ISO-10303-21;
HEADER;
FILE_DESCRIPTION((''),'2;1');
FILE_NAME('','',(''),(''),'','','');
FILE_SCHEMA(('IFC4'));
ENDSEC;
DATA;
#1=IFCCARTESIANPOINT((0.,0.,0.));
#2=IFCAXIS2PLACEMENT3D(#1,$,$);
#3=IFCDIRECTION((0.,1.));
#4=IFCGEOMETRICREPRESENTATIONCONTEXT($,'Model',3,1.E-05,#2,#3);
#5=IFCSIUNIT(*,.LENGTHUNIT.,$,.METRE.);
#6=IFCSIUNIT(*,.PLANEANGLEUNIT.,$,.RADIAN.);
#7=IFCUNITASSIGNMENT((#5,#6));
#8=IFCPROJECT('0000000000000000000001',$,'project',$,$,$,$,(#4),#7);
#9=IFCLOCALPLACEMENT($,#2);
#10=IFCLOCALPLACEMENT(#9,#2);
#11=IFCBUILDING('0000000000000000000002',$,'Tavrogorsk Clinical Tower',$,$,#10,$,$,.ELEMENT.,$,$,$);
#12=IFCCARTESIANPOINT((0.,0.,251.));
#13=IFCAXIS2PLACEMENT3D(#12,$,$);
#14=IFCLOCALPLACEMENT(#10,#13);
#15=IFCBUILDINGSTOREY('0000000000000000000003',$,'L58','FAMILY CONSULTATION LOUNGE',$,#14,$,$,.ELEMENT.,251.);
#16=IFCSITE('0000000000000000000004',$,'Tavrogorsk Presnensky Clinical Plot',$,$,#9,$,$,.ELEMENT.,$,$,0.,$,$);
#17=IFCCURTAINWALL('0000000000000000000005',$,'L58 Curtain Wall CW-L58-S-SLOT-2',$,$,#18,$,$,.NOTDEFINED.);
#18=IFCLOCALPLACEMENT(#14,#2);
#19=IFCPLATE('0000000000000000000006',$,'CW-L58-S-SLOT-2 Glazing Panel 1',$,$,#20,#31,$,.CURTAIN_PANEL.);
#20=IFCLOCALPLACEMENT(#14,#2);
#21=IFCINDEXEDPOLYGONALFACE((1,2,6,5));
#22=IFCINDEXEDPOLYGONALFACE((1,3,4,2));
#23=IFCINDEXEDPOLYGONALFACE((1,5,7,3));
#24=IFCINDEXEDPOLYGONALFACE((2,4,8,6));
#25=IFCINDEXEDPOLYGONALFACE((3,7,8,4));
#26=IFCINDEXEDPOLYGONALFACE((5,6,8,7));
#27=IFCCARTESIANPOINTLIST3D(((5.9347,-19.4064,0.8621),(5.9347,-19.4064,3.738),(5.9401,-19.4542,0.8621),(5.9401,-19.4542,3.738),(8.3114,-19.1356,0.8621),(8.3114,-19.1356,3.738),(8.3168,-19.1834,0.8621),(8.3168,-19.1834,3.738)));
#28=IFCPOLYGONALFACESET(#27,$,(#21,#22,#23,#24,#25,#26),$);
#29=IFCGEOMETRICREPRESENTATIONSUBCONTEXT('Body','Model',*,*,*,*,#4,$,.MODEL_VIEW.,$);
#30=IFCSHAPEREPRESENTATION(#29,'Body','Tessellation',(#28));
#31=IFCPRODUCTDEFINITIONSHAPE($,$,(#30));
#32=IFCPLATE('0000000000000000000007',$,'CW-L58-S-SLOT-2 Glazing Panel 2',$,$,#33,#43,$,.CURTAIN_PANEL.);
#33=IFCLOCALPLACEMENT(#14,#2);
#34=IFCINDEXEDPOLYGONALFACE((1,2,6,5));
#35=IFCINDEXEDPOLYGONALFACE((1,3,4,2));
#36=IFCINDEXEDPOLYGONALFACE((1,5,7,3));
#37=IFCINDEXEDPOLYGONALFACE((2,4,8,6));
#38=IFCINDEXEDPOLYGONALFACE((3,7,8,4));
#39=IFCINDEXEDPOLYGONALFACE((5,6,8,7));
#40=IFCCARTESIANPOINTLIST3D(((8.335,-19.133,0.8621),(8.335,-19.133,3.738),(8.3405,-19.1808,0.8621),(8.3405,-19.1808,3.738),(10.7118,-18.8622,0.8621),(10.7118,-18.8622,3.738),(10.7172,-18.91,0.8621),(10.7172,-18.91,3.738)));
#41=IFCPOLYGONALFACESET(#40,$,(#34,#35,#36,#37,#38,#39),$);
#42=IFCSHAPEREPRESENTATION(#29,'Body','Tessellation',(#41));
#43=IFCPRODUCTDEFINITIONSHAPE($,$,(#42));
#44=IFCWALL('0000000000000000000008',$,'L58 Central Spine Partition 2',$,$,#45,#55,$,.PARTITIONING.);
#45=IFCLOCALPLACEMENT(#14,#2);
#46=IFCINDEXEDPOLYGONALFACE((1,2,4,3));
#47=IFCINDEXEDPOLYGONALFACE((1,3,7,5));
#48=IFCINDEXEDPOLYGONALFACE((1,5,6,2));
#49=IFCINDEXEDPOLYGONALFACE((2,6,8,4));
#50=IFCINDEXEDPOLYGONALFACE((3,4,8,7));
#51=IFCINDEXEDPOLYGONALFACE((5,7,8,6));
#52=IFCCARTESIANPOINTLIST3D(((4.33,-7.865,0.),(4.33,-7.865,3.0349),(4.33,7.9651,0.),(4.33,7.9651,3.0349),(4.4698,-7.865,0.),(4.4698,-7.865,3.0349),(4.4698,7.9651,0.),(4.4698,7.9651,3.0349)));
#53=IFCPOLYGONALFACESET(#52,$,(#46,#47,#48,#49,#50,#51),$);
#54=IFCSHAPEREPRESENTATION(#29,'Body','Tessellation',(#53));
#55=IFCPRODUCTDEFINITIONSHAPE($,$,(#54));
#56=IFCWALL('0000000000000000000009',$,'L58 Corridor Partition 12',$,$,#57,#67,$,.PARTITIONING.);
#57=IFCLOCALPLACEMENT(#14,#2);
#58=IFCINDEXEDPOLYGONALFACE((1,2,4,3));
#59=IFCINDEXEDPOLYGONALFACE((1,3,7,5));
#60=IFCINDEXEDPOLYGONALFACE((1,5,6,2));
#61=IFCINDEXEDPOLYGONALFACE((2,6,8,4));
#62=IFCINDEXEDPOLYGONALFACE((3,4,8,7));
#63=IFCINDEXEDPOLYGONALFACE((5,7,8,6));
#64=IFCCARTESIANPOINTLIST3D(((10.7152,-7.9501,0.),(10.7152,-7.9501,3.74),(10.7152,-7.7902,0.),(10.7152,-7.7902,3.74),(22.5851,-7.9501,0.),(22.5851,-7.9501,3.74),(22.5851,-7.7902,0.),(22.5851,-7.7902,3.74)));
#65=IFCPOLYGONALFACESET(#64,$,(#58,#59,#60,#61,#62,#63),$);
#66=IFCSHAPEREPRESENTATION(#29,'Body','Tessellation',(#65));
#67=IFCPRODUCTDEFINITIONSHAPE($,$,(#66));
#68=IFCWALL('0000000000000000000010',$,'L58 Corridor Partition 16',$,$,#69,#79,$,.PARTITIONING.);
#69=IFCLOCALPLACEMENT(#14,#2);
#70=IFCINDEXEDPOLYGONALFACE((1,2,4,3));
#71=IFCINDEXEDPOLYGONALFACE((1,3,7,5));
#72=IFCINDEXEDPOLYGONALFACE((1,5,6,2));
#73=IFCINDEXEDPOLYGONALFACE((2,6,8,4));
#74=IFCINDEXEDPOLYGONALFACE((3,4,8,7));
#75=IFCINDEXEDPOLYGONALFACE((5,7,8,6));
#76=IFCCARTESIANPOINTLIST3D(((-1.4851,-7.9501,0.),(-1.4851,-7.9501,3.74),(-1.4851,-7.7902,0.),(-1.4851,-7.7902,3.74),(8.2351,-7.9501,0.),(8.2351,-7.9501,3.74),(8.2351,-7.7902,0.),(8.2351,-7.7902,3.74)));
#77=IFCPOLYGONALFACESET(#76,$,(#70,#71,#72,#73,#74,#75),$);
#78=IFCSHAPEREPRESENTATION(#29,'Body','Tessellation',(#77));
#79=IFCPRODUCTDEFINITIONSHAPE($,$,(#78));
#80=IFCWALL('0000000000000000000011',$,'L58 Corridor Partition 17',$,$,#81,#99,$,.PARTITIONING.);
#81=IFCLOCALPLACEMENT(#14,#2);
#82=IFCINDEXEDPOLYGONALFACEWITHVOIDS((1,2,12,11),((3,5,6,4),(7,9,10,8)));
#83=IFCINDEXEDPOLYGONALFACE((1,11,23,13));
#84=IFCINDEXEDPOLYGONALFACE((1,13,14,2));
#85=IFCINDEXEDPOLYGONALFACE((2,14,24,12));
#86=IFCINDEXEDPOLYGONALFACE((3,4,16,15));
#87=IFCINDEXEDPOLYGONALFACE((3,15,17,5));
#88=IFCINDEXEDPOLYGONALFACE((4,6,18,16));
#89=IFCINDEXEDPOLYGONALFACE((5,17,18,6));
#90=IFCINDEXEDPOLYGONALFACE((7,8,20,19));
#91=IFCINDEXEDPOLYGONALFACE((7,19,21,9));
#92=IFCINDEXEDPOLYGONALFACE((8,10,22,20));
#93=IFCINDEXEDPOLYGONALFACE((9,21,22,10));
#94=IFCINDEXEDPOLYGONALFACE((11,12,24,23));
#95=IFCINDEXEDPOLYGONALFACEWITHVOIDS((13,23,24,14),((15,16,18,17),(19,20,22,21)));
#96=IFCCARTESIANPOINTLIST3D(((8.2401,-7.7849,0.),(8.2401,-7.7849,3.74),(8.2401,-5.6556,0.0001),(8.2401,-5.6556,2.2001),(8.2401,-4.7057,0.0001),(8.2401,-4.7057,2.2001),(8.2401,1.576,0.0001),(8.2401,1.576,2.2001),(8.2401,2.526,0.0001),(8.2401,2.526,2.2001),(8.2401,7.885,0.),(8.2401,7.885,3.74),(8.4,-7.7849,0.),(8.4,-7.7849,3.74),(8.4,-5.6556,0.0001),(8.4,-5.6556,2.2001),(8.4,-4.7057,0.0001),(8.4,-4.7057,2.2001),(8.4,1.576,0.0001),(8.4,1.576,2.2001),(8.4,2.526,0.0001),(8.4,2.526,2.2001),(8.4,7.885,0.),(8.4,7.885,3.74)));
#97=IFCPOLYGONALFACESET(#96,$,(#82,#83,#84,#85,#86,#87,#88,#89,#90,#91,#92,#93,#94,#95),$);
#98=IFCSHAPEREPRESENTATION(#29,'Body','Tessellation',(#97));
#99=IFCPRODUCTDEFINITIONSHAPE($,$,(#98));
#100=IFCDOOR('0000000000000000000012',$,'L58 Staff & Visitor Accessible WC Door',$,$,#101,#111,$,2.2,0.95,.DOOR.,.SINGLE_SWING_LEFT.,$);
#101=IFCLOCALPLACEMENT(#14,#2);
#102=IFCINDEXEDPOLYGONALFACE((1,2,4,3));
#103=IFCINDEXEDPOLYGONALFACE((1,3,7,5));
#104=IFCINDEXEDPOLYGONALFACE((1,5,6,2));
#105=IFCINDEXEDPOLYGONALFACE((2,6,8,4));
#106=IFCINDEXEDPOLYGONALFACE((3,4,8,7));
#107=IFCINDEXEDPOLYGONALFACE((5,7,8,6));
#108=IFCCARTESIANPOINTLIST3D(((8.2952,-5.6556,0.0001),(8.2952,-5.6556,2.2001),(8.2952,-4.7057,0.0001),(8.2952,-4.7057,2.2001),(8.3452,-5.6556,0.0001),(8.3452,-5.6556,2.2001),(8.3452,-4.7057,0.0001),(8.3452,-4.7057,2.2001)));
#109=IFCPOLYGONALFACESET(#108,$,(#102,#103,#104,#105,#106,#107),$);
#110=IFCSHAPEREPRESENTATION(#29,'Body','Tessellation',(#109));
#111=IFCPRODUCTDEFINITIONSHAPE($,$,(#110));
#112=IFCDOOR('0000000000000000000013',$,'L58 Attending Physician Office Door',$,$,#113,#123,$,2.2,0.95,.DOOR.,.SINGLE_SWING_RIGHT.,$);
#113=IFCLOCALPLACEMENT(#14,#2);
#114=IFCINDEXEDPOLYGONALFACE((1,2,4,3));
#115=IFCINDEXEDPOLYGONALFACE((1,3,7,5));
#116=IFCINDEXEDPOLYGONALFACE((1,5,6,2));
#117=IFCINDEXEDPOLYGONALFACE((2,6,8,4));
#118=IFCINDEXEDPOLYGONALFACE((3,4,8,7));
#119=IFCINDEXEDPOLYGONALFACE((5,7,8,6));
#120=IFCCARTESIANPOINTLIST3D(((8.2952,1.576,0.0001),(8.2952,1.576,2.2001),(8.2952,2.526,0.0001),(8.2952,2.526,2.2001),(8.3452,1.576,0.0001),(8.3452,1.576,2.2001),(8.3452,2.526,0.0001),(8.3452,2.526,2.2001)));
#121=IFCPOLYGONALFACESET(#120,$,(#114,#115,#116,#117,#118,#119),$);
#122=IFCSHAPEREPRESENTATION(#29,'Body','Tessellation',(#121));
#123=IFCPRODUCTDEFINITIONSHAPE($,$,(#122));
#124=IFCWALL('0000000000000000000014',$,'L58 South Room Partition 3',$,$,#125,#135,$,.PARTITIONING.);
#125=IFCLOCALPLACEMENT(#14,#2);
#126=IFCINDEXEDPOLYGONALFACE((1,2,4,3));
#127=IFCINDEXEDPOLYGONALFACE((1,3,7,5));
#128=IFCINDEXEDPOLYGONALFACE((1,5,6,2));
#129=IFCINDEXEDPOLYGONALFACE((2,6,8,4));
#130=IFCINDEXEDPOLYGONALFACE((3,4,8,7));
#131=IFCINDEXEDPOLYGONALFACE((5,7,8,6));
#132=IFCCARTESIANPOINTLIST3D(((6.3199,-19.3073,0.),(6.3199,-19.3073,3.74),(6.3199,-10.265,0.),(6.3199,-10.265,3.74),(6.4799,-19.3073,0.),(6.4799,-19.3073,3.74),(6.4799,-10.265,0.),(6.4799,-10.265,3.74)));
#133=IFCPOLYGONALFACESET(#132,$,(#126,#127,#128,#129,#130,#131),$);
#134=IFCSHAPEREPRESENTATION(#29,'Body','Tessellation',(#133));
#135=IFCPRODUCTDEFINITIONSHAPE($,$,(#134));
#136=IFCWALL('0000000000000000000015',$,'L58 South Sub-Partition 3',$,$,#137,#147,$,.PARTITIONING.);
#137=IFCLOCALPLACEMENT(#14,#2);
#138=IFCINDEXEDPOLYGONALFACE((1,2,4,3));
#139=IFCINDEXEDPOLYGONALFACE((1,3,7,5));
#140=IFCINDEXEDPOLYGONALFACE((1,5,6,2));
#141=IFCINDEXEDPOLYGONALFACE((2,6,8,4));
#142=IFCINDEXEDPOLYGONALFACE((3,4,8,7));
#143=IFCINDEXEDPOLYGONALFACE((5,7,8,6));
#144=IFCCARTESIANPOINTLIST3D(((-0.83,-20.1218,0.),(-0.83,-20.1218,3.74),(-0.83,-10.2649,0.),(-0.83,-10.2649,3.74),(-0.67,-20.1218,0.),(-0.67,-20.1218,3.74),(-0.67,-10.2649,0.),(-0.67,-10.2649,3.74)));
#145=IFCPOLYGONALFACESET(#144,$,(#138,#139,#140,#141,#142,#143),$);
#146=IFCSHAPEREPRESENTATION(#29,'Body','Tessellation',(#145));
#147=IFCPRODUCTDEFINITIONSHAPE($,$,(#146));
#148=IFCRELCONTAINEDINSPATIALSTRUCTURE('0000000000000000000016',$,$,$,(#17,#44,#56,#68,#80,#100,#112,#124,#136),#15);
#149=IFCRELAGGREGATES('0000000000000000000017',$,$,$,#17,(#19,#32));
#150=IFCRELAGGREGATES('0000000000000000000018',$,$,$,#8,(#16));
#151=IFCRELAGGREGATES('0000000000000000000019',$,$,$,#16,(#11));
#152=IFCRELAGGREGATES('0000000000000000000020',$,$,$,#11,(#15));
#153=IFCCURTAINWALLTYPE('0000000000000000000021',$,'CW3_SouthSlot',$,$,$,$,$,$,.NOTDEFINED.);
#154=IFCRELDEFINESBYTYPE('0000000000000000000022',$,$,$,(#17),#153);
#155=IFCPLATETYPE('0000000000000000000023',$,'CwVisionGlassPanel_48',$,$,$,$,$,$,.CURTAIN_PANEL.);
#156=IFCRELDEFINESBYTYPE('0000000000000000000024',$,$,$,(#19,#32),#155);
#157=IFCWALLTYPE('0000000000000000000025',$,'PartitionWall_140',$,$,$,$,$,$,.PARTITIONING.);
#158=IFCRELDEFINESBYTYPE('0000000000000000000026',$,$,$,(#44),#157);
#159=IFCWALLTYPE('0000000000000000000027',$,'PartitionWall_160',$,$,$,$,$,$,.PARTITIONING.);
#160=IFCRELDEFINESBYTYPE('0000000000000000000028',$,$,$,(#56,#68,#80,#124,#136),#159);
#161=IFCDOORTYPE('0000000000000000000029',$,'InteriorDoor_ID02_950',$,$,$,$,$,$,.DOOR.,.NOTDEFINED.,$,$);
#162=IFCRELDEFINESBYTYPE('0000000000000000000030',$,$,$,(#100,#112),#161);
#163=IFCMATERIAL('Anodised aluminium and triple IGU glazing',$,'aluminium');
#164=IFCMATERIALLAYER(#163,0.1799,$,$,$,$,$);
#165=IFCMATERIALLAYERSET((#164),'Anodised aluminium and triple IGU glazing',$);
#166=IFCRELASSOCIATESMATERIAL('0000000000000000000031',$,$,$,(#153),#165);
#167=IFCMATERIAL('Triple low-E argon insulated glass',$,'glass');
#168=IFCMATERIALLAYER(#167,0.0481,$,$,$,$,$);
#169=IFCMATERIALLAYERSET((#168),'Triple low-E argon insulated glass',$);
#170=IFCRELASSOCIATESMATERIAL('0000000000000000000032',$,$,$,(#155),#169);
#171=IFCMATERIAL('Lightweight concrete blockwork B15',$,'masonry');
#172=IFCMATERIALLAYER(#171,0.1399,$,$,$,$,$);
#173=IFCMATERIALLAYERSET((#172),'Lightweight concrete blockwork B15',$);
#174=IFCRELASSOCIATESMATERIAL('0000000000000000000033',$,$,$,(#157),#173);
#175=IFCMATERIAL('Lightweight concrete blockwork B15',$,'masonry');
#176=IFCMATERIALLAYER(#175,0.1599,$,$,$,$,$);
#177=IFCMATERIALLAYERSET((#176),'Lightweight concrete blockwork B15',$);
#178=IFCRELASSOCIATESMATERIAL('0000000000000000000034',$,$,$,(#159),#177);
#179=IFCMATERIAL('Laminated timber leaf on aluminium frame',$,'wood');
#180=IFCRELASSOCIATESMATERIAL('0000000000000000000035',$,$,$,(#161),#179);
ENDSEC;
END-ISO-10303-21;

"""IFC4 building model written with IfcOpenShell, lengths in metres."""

from ifc_helpers import new_model, si_unit, direction, frame, frame_2d, origin, origin_2d, place, context, subcontext, project, spatial, rectangle, extrude, material, layer, layer_set, type_object, element, fill, aggregate, save


model = new_model("IFC4")

# Units and contexts
model_context = context("Model", 3, precision=1e-05, world=origin(), true_north=direction((0.0, 1.0)))
body_context = subcontext(model_context, "Body", "Model", "MODEL_VIEW")
ifc_project = project(units=[si_unit("LENGTHUNIT", "METRE"), si_unit("PLANEANGLEUNIT", "RADIAN")], contexts=[model_context])

# Site, building, storey
site_placement = place(None, origin())
site = spatial("IfcSite", under=ifc_project, at=site_placement, Name="Tavrogorsk Presnensky Clinical Plot", CompositionType="ELEMENT", RefElevation=0.0)
building_placement = place(site_placement, origin())
building = spatial("IfcBuilding", under=site, at=building_placement, Name="Tavrogorsk Clinical Tower", CompositionType="ELEMENT")
storey_placement = place(building_placement, frame((0.0, 0.0, 251.0)))
storey = spatial("IfcBuildingStorey", under=building, at=storey_placement, Name="L58", Description="FAMILY CONSULTATION LOUNGE", CompositionType="ELEMENT", Elevation=251.0)

# Curtain wall
ifc_material_1 = material(Name="Anodised aluminium and triple IGU glazing", Category="aluminium")
ifc_layer_1 = layer(ifc_material_1, 0.1799)
ifc_layer_set_1 = layer_set([ifc_layer_1], Name="Anodised aluminium and triple IGU glazing")
curtain_wall_type = type_object("IfcCurtainWallType", Name="CW3_SouthSlot", PredefinedType="NOTDEFINED", material=ifc_layer_set_1)
curtain_wall_placement = place(storey_placement, origin())
curtain_wall = element("IfcCurtainWall", 1, at=curtain_wall_placement, inside=storey, type_object=curtain_wall_type, Name="L58 Curtain Wall CW-L58-S-SLOT-2", PredefinedType="NOTDEFINED")

# Plates
ifc_material_2 = material(Name="Triple low-E argon insulated glass", Category="glass")
ifc_layer_2 = layer(ifc_material_2, 0.0481)
ifc_layer_set_2 = layer_set([ifc_layer_2], Name="Triple low-E argon insulated glass")
plate_type_1 = type_object("IfcPlateType", Name="CwVisionGlassPanel_48", PredefinedType="CURTAIN_PANEL", material=ifc_layer_set_2)
plate_1_placement = place(storey_placement, frame((7.1257, -19.2949, 0.8621), z_axis=(0.0, 0.0, 1.0), x_axis=(0.993572, 0.113203, 0.0)))
plate_1 = element("IfcPlate", 2, at=plate_1_placement, type_object=plate_type_1, Name="CW-L58-S-SLOT-2 Glazing Panel 1", PredefinedType="CURTAIN_PANEL", context=body_context, shape_type="SweptSolid", body=[
    extrude(rectangle(XDim=2.3921, YDim=0.0481, at=origin_2d()), origin(), (0.0, 0.0, 1.0), 2.876),
])
plate_2_placement = place(storey_placement, frame((9.5261, -19.0215, 0.8621), z_axis=(0.0, 0.0, 1.0), x_axis=(0.993572, 0.113203, 0.0)))
plate_2 = element("IfcPlate", 3, at=plate_2_placement, type_object=plate_type_1, Name="CW-L58-S-SLOT-2 Glazing Panel 2", PredefinedType="CURTAIN_PANEL", context=body_context, shape_type="SweptSolid", body=[
    extrude(rectangle(XDim=2.3921, YDim=0.0481, at=origin_2d()), origin(), (0.0, 0.0, 1.0), 2.876),
])
aggregate(curtain_wall, [plate_1, plate_2])

# Walls
ifc_material_3 = material(Name="Lightweight concrete blockwork B15", Category="masonry")
ifc_layer_3 = layer(ifc_material_3, 0.1399)
ifc_layer_set_3 = layer_set([ifc_layer_3], Name="Lightweight concrete blockwork B15")
wall_type_1 = type_object("IfcWallType", Name="PartitionWall_140", PredefinedType="PARTITIONING", material=ifc_layer_set_3)
wall_1_placement = place(storey_placement, frame((4.3999, -7.865, 0.0), z_axis=(0.0, 0.0, 1.0), x_axis=(0.0, 1.0, 0.0)))
element("IfcWall", 4, at=wall_1_placement, inside=storey, type_object=wall_type_1, Name="L58 Central Spine Partition 2", PredefinedType="PARTITIONING", context=body_context, shape_type="SweptSolid", body=[
    extrude(rectangle(XDim=15.8301, YDim=0.1399, at=frame_2d((7.915, 0.0))), origin(), (0.0, 0.0, 1.0), 3.0349),
])
ifc_material_4 = material(Name="Lightweight concrete blockwork B15", Category="masonry")
ifc_layer_4 = layer(ifc_material_4, 0.1599)
ifc_layer_set_4 = layer_set([ifc_layer_4], Name="Lightweight concrete blockwork B15")
wall_type_2 = type_object("IfcWallType", Name="PartitionWall_160", PredefinedType="PARTITIONING", material=ifc_layer_set_4)
wall_2_placement = place(storey_placement, frame((10.7151, -7.8701, 0.0), z_axis=(0.0, 0.0, 1.0), x_axis=(1.0, 0.0, 0.0)))
element("IfcWall", 5, at=wall_2_placement, inside=storey, type_object=wall_type_2, Name="L58 Corridor Partition 12", PredefinedType="PARTITIONING", context=body_context, shape_type="SweptSolid", body=[
    extrude(rectangle(XDim=11.8699, YDim=0.1599, at=frame_2d((5.9351, 0.0))), origin(), (0.0, 0.0, 1.0), 3.74),
])
wall_3_placement = place(storey_placement, frame((-1.4851, -7.8701, 0.0), z_axis=(0.0, 0.0, 1.0), x_axis=(1.0, 0.0, 0.0)))
element("IfcWall", 6, at=wall_3_placement, inside=storey, type_object=wall_type_2, Name="L58 Corridor Partition 16", PredefinedType="PARTITIONING", context=body_context, shape_type="SweptSolid", body=[
    extrude(rectangle(XDim=9.7202, YDim=0.1599, at=frame_2d((4.8601, 0.0))), origin(), (0.0, 0.0, 1.0), 3.74),
])

# Wall, openings, doors
wall_4_placement = place(storey_placement, frame((8.3201, -7.7849, 0.0), z_axis=(0.0, 0.0, 1.0), x_axis=(0.0, 1.0, 0.0)))
wall_4 = element("IfcWall", 7, at=wall_4_placement, inside=storey, type_object=wall_type_2, Name="L58 Corridor Partition 17", PredefinedType="PARTITIONING", context=body_context, shape_type="SweptSolid", body=[
    extrude(rectangle(XDim=15.6699, YDim=0.1599, at=frame_2d((7.835, 0.0))), origin(), (0.0, 0.0, 1.0), 3.74),
])
opening_1_placement = place(wall_4_placement, frame((2.1292, 0.0, 0.0)))
opening_1 = element("IfcOpeningElement", 8, at=opening_1_placement, cuts=wall_4, PredefinedType="OPENING", context=body_context, shape_type="SweptSolid", body=[
    extrude(rectangle(XDim=0.95, YDim=2.2, at=frame_2d((0.4751, 1.1001))), frame((0.0, 0.0898, 0.0), z_axis=(0.0, -1.0, 0.0), x_axis=(1.0, 0.0, 0.0)), (0.0, 0.0, 1.0), 0.1799),
])
opening_2_placement = place(wall_4_placement, frame((9.3608, 0.0, 0.0)))
opening_2 = element("IfcOpeningElement", 9, at=opening_2_placement, cuts=wall_4, PredefinedType="OPENING", context=body_context, shape_type="SweptSolid", body=[
    extrude(rectangle(XDim=0.95, YDim=2.2, at=frame_2d((0.4751, 1.1001))), frame((0.0, 0.0898, 0.0), z_axis=(0.0, -1.0, 0.0), x_axis=(1.0, 0.0, 0.0)), (0.0, 0.0, 1.0), 0.1799),
])
ifc_material_5 = material(Name="Laminated timber leaf on aluminium frame", Category="wood")
door_type = type_object("IfcDoorType", Name="InteriorDoor_ID02_950", OperationType="NOTDEFINED", PredefinedType="DOOR", material=ifc_material_5)
door_1_placement = place(opening_1_placement, origin())
door_1 = element("IfcDoor", 10, at=door_1_placement, inside=storey, type_object=door_type, Name="L58 Staff & Visitor Accessible WC Door", OperationType="SINGLE_SWING_LEFT", OverallHeight=2.2, OverallWidth=0.95, PredefinedType="DOOR", context=body_context, shape_type="SweptSolid", body=[
    extrude(rectangle(XDim=0.95, YDim=2.2, at=frame_2d((0.4751, 1.1001))), frame((0.0, 0.0249, 0.0), z_axis=(0.0, -1.0, 0.0), x_axis=(1.0, 0.0, 0.0)), (0.0, 0.0, 1.0), 0.05),
])
fill(opening_1, door_1)
door_2_placement = place(opening_2_placement, origin())
door_2 = element("IfcDoor", 11, at=door_2_placement, inside=storey, type_object=door_type, Name="L58 Attending Physician Office Door", OperationType="SINGLE_SWING_RIGHT", OverallHeight=2.2, OverallWidth=0.95, PredefinedType="DOOR", context=body_context, shape_type="SweptSolid", body=[
    extrude(rectangle(XDim=0.95, YDim=2.2, at=frame_2d((0.4751, 1.1001))), frame((0.0, 0.0249, 0.0), z_axis=(0.0, -1.0, 0.0), x_axis=(1.0, 0.0, 0.0)), (0.0, 0.0, 1.0), 0.05),
])
fill(opening_2, door_2)

# Walls
wall_5_placement = place(storey_placement, frame((6.3999, -19.3071, 0.0), z_axis=(0.0, 0.0, 1.0), x_axis=(0.0, 1.0, 0.0)))
element("IfcWall", 12, at=wall_5_placement, inside=storey, type_object=wall_type_2, Name="L58 South Room Partition 3", PredefinedType="PARTITIONING", context=body_context, shape_type="SweptSolid", body=[
    extrude(rectangle(XDim=9.0422, YDim=0.1599, at=frame_2d((4.521, 0.0))), origin(), (0.0, 0.0, 1.0), 3.74),
])
wall_6_placement = place(storey_placement, frame((-0.75, -20.1218, 0.0), z_axis=(0.0, 0.0, 1.0), x_axis=(0.0, 1.0, 0.0)))
element("IfcWall", 13, at=wall_6_placement, inside=storey, type_object=wall_type_2, Name="L58 South Sub-Partition 3", PredefinedType="PARTITIONING", context=body_context, shape_type="SweptSolid", body=[
    extrude(rectangle(XDim=9.8569, YDim=0.1599, at=frame_2d((4.9285, 0.0))), origin(), (0.0, 0.0, 1.0), 3.74),
])

save(model, "model.ifc")
